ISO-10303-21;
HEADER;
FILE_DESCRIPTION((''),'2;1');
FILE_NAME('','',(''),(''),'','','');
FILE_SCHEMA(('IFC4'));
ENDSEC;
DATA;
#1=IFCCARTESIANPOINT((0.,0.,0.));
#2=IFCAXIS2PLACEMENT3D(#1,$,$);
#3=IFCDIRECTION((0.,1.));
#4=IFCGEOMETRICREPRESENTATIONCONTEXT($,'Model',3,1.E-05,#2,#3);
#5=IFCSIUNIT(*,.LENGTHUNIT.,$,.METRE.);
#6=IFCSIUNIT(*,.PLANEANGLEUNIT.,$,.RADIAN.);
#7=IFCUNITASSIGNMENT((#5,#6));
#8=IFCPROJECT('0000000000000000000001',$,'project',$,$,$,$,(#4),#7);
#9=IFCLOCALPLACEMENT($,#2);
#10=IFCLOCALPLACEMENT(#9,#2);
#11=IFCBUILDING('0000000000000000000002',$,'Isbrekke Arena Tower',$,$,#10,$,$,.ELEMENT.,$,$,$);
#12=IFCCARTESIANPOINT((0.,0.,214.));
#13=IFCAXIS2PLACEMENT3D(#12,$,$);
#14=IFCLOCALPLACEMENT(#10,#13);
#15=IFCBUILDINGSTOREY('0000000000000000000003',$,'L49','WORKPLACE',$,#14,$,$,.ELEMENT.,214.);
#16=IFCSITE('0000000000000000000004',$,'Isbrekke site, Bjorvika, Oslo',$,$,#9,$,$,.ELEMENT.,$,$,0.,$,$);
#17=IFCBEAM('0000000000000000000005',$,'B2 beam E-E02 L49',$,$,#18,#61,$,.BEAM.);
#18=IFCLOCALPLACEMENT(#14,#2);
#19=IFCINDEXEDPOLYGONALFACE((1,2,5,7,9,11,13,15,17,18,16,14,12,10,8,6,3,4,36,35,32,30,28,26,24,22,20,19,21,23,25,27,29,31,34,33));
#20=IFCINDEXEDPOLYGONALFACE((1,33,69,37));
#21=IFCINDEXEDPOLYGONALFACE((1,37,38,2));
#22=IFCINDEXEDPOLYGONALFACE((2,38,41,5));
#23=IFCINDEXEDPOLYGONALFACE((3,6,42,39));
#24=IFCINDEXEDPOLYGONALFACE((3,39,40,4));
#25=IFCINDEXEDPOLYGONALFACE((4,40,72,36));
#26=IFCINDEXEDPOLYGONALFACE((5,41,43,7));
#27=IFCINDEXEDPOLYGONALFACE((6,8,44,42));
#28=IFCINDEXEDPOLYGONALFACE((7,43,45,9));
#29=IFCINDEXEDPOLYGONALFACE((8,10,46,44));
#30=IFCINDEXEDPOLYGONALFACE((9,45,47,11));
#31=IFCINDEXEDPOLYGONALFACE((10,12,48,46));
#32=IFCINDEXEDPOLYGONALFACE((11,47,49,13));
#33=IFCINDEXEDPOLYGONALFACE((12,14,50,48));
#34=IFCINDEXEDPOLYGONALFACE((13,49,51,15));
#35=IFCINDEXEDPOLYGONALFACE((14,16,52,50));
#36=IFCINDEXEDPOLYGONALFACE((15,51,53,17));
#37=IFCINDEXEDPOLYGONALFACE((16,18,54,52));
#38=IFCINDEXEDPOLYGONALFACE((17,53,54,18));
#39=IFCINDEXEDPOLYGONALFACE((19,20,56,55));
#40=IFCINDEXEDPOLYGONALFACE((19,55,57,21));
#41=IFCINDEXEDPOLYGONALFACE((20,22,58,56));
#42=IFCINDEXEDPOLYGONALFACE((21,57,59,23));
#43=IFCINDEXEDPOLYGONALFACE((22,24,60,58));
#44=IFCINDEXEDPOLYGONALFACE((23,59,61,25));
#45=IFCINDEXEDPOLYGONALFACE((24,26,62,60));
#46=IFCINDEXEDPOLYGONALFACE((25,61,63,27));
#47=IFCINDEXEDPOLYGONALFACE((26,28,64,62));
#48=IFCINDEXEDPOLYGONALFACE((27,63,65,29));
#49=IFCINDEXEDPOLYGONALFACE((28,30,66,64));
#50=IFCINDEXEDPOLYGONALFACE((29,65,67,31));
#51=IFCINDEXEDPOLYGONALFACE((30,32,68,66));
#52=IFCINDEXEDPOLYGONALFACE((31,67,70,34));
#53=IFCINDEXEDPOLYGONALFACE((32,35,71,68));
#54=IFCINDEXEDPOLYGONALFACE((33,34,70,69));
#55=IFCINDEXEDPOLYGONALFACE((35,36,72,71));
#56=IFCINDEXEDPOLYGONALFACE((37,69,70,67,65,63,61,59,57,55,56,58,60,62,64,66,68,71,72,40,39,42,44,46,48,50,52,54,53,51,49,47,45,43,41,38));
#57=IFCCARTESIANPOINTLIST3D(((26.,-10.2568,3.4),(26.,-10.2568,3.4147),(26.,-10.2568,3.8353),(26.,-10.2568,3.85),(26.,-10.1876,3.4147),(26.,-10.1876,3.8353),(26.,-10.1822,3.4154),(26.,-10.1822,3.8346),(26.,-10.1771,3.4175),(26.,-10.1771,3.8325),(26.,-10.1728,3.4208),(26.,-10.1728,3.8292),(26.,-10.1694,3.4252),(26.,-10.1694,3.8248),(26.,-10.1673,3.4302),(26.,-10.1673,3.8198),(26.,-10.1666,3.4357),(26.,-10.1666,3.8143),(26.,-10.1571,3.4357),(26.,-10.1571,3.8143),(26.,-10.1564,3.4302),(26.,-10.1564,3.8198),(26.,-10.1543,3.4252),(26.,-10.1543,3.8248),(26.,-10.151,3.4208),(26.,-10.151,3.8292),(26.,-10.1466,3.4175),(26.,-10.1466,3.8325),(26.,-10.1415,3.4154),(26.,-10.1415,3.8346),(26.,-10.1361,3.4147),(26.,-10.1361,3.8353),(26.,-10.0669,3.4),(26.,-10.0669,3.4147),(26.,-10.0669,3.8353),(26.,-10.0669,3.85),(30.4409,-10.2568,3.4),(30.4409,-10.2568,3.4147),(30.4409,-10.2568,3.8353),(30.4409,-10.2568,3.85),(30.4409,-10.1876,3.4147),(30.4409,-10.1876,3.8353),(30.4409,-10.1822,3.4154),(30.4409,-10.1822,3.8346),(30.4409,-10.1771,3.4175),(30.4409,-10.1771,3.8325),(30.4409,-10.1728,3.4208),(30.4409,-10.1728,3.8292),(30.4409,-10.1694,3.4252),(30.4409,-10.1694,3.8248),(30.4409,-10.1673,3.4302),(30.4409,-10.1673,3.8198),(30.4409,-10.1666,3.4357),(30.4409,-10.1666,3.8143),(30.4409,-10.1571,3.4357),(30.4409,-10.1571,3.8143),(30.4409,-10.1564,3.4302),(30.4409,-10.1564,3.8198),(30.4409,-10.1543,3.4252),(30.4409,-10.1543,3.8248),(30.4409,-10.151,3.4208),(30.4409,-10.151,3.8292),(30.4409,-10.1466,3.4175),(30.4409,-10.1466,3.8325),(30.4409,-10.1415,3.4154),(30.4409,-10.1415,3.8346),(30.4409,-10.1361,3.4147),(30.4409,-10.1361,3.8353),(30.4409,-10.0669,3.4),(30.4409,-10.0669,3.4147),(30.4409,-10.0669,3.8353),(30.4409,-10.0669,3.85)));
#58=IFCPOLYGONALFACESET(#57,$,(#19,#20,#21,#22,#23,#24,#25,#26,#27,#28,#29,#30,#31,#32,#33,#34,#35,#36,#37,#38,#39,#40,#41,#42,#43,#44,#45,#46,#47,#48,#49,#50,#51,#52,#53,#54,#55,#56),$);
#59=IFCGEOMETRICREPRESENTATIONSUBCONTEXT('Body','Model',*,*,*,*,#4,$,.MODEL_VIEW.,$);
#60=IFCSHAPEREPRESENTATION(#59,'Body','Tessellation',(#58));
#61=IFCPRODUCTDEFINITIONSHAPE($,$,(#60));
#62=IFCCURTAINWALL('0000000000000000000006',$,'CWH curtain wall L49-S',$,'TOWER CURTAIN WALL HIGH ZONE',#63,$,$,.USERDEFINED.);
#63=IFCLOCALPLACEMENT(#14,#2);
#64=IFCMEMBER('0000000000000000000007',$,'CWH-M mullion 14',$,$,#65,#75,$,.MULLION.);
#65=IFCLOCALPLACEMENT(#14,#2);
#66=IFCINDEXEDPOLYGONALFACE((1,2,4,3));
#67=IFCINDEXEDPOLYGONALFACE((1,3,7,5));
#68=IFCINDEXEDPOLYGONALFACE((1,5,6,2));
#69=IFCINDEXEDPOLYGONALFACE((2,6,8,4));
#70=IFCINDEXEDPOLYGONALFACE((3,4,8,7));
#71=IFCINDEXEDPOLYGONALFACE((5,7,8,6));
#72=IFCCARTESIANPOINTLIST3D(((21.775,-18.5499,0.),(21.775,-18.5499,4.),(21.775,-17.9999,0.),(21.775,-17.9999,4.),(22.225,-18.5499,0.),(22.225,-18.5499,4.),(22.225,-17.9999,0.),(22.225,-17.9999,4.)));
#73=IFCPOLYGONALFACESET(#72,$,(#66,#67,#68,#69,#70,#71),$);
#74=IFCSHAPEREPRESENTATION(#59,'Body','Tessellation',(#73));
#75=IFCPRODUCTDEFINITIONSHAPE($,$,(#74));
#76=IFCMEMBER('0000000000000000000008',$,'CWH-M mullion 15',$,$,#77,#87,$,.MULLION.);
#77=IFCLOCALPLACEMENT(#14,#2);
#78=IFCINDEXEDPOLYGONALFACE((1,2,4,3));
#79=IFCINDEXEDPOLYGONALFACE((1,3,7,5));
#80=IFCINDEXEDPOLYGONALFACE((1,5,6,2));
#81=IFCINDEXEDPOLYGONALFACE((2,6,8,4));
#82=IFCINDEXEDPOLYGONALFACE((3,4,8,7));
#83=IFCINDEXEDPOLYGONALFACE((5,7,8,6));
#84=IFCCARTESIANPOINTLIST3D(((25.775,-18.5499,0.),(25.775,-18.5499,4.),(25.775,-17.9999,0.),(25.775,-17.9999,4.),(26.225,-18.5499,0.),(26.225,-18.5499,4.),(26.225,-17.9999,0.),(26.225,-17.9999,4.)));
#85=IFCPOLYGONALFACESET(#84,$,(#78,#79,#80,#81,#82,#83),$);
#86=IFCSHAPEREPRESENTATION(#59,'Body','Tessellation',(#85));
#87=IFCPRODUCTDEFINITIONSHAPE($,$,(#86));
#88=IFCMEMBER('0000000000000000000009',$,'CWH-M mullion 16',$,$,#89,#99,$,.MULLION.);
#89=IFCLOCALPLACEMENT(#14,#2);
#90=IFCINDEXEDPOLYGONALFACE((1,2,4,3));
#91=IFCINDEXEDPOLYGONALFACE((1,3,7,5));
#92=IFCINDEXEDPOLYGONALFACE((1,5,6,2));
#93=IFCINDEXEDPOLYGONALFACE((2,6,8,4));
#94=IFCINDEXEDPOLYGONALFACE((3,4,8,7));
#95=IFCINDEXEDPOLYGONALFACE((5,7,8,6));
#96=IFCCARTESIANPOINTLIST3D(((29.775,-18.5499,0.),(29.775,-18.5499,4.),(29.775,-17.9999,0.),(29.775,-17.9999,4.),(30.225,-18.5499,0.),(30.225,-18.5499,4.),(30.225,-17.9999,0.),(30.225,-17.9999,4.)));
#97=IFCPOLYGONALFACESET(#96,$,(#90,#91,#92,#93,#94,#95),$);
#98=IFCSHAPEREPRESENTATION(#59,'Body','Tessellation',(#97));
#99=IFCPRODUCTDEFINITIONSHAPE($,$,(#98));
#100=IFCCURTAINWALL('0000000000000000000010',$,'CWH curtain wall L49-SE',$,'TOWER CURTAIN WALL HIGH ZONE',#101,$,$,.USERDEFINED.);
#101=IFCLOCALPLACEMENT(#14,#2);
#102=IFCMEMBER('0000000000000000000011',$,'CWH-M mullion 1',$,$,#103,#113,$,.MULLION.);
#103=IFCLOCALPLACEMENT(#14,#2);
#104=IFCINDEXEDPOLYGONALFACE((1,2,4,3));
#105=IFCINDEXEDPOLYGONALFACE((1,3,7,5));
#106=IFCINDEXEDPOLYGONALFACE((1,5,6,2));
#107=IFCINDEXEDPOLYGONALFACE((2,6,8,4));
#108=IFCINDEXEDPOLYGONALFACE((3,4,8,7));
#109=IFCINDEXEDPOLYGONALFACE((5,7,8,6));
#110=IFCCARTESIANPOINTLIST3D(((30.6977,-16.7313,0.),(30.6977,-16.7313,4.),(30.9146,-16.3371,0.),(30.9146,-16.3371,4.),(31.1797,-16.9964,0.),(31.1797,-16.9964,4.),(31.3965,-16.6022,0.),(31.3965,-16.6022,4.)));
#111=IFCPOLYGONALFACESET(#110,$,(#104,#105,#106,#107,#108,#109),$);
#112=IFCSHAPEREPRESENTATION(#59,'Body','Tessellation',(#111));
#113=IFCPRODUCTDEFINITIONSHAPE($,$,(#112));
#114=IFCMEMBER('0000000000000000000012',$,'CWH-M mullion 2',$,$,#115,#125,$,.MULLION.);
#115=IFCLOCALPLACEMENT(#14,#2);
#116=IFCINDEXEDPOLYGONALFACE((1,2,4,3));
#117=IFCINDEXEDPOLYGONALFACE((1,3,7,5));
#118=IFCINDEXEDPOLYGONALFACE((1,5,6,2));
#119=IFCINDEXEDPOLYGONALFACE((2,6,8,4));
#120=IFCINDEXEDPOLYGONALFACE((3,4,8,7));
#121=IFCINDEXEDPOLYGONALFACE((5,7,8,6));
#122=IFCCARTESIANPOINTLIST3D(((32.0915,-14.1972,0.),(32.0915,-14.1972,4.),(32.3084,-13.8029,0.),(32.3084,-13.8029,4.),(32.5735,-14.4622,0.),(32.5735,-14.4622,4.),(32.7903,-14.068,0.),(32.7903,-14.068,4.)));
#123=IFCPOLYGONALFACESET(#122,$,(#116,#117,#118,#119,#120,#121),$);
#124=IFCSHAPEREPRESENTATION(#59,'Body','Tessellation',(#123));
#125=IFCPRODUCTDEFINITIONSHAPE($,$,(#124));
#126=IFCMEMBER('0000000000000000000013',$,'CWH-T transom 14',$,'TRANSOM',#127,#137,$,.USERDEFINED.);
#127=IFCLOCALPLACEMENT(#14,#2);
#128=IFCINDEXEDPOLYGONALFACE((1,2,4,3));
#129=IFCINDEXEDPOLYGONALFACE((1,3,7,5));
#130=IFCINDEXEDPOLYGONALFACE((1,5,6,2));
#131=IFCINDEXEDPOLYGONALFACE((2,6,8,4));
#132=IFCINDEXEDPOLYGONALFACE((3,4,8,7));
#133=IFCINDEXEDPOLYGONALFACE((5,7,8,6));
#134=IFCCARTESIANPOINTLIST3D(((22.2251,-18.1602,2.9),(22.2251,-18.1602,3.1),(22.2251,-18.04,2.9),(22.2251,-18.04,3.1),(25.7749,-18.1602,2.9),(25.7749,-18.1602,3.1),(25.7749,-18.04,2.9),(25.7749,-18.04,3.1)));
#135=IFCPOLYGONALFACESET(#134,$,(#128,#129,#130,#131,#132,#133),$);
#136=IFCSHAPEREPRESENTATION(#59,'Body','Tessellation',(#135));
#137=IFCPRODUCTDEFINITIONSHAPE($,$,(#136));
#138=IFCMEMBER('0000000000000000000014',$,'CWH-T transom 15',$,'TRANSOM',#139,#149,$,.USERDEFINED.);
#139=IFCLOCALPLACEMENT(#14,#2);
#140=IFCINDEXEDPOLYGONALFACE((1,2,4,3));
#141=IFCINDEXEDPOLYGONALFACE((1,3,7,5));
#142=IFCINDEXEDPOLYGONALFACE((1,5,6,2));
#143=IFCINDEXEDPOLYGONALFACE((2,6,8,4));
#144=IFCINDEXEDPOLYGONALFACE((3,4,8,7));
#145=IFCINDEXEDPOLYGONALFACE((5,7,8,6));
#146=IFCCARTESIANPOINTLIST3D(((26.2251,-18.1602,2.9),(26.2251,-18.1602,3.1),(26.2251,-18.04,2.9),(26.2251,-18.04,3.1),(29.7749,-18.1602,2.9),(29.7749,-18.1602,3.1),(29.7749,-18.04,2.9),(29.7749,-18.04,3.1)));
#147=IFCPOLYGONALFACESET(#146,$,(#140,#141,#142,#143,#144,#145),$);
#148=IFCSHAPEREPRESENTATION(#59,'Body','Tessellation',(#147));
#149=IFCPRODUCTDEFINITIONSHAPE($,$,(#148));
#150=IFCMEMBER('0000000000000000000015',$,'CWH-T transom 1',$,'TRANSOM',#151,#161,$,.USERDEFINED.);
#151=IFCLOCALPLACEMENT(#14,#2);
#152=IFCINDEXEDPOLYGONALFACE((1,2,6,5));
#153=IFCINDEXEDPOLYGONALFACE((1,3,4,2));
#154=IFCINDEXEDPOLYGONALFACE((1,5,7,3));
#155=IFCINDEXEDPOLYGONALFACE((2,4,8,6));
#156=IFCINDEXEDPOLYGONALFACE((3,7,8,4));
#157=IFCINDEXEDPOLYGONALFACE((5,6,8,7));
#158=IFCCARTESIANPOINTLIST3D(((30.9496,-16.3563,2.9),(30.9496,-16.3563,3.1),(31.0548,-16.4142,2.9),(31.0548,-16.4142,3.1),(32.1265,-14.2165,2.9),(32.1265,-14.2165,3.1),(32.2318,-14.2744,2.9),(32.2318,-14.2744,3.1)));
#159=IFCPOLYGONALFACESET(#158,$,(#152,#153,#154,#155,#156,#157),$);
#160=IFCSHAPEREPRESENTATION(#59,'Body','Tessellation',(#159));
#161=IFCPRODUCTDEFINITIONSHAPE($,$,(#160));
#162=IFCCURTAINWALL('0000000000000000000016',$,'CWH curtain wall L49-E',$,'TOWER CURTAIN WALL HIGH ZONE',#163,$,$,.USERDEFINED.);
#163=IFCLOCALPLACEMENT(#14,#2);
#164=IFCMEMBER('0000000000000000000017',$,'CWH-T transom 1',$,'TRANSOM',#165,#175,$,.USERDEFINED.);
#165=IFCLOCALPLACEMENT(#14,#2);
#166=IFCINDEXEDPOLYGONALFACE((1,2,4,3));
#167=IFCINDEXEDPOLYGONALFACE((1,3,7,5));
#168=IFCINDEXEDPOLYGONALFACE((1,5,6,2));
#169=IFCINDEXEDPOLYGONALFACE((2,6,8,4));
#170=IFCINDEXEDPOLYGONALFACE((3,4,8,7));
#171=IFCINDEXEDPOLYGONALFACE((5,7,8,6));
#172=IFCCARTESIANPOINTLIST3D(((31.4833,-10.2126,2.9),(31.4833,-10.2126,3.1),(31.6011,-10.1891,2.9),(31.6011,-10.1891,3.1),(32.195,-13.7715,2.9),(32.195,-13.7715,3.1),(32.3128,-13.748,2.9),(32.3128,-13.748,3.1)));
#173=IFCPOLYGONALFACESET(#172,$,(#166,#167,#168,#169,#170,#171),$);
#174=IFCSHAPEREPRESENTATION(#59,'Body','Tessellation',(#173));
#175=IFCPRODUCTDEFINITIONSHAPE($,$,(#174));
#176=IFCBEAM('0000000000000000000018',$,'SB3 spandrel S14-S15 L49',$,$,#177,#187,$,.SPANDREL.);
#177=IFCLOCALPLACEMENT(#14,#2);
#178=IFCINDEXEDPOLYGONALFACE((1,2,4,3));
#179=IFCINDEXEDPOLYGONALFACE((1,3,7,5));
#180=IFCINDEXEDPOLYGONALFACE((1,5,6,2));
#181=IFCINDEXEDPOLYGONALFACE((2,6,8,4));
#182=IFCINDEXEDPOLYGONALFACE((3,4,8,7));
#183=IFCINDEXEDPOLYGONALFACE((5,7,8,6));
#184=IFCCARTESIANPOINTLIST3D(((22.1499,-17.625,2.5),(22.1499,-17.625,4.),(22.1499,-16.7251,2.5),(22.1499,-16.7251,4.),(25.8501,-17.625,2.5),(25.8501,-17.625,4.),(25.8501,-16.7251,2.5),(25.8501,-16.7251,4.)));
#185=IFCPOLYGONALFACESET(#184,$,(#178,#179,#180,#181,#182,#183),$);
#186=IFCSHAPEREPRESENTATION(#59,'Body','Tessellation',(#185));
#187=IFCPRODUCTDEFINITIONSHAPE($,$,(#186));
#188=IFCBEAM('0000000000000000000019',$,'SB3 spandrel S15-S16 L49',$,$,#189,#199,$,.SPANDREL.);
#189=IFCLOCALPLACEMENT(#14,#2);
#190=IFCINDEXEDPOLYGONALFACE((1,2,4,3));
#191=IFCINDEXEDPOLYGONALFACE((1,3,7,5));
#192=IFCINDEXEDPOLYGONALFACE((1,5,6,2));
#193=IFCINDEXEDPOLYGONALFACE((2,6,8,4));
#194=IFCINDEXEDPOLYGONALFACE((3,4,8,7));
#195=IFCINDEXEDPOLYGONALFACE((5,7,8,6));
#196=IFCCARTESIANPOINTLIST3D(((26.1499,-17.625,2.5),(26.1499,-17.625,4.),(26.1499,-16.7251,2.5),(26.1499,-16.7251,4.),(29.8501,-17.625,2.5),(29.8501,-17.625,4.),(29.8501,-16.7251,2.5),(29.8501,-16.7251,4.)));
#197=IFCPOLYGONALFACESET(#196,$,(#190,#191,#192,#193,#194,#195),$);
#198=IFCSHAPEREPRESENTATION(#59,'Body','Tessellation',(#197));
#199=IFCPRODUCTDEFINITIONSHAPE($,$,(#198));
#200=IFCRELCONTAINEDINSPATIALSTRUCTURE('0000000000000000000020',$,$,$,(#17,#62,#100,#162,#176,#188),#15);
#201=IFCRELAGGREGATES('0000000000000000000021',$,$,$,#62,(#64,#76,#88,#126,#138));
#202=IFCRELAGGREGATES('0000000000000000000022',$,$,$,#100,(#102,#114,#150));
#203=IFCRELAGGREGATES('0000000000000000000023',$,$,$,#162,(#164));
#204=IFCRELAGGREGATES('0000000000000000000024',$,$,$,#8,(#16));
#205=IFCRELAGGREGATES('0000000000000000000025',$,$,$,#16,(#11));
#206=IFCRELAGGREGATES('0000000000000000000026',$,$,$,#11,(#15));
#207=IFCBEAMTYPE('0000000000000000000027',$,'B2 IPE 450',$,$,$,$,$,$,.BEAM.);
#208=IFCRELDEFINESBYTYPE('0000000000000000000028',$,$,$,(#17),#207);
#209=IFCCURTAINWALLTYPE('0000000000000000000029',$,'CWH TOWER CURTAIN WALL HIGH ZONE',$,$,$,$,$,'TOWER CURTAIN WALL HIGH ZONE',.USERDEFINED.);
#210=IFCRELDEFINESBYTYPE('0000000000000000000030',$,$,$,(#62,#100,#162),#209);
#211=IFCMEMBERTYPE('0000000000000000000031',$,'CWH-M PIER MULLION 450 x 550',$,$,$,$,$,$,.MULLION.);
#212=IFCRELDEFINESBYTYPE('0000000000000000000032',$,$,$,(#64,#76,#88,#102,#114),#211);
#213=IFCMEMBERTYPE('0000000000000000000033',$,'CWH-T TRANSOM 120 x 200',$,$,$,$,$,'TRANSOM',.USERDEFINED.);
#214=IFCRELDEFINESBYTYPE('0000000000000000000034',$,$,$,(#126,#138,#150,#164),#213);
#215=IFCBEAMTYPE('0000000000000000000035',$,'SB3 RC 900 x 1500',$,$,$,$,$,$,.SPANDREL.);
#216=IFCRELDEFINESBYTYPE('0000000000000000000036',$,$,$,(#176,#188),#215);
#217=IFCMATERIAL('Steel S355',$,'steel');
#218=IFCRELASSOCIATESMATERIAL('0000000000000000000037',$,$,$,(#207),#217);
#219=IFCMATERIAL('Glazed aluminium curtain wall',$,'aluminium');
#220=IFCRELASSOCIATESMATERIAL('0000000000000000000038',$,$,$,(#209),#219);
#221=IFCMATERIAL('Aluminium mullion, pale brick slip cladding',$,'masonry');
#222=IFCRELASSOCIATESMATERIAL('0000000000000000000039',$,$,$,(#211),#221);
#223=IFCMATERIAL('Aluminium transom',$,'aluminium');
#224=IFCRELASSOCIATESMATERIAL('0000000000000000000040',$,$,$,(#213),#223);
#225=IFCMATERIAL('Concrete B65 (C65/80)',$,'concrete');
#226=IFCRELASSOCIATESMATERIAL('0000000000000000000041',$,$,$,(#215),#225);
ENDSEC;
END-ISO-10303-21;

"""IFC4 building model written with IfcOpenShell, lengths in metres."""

from ifc_helpers import new_model, si_unit, direction, frame, origin, origin_2d, place, context, subcontext, project, spatial, rectangle, i_section, extrude, material, material_profile, profile_set, type_object, element, aggregate, save


model = new_model("IFC4")

# Units and contexts
model_context = context("Model", 3, precision=1e-05, world=origin(), true_north=direction((0.0, 1.0)))
body_context = subcontext(model_context, "Body", "Model", "MODEL_VIEW")
ifc_project = project(units=[si_unit("LENGTHUNIT", "METRE"), si_unit("PLANEANGLEUNIT", "RADIAN")], contexts=[model_context])

# Site, building, storey
site_placement = place(None, origin())
site = spatial("IfcSite", under=ifc_project, at=site_placement, Name="Isbrekke site, Bjorvika, Oslo", CompositionType="ELEMENT", RefElevation=0.0)
building_placement = place(site_placement, origin())
building = spatial("IfcBuilding", under=site, at=building_placement, Name="Isbrekke Arena Tower", CompositionType="ELEMENT")
storey_placement = place(building_placement, frame((0.0, 0.0, 214.0)))
storey = spatial("IfcBuildingStorey", under=building, at=storey_placement, Name="L49", Description="WORKPLACE", CompositionType="ELEMENT", Elevation=214.0)

# Beam
ifc_material_1 = material(Name="Steel S355", Category="steel")
ifc_material_profile_1 = material_profile(ifc_material_1, i_section(OverallWidth=0.1899, OverallDepth=0.45, WebThickness=0.0095, FlangeThickness=0.0146, FilletRadius=0.021, at=origin_2d()), Name="IPE 450")
ifc_profile_set_1 = profile_set([ifc_material_profile_1], Name="Steel S355")
beam_type_1 = type_object("IfcBeamType", Name="B2 IPE 450", PredefinedType="BEAM", material=ifc_profile_set_1)
beam_1_placement = place(storey_placement, frame((30.4409, -10.1619, 3.625), z_axis=(-1.0, 0.0, 0.0), x_axis=(0.0, -1.0, 0.0)))
element("IfcBeam", 1, at=beam_1_placement, inside=storey, type_object=beam_type_1, Name="B2 beam E-E02 L49", PredefinedType="BEAM", context=body_context, shape_type="SweptSolid", body=[
    extrude(i_section(OverallWidth=0.1899, OverallDepth=0.45, WebThickness=0.0095, FlangeThickness=0.0146, FilletRadius=0.021, at=origin_2d()), origin(), (0.0, 0.0, 1.0), 4.4409),
])

# Curtain walls, members
ifc_material_2 = material(Name="Glazed aluminium curtain wall", Category="aluminium")
curtain_wall_type = type_object("IfcCurtainWallType", Name="CWH TOWER CURTAIN WALL HIGH ZONE", ElementType="TOWER CURTAIN WALL HIGH ZONE", PredefinedType="USERDEFINED", material=ifc_material_2)
curtain_wall_1_placement = place(storey_placement, origin())
curtain_wall_1 = element("IfcCurtainWall", 2, at=curtain_wall_1_placement, inside=storey, type_object=curtain_wall_type, Name="CWH curtain wall L49-S", ObjectType="TOWER CURTAIN WALL HIGH ZONE", PredefinedType="USERDEFINED")
ifc_material_3 = material(Name="Aluminium mullion, pale brick slip cladding", Category="masonry")
ifc_material_profile_2 = material_profile(ifc_material_3, rectangle(XDim=0.45, YDim=0.55, at=origin_2d()), Name="PIER 450X550")
ifc_profile_set_2 = profile_set([ifc_material_profile_2], Name="Aluminium mullion, pale brick slip cladding")
member_type_1 = type_object("IfcMemberType", Name="CWH-M PIER MULLION 450 x 550", PredefinedType="MULLION", material=ifc_profile_set_2)
member_1_placement = place(storey_placement, frame((22.0, -18.2749, 0.0), z_axis=(0.0, 0.0, 1.0), x_axis=(1.0, 0.0, 0.0)))
member_1 = element("IfcMember", 3, at=member_1_placement, type_object=member_type_1, Name="CWH-M mullion 14", PredefinedType="MULLION", context=body_context, shape_type="SweptSolid", body=[
    extrude(rectangle(XDim=0.45, YDim=0.55, at=origin_2d()), origin(), (0.0, 0.0, 1.0), 4.0),
])
member_2_placement = place(storey_placement, frame((26.0, -18.2749, 0.0), z_axis=(0.0, 0.0, 1.0), x_axis=(1.0, 0.0, 0.0)))
member_2 = element("IfcMember", 4, at=member_2_placement, type_object=member_type_1, Name="CWH-M mullion 15", PredefinedType="MULLION", context=body_context, shape_type="SweptSolid", body=[
    extrude(rectangle(XDim=0.45, YDim=0.55, at=origin_2d()), origin(), (0.0, 0.0, 1.0), 4.0),
])
member_3_placement = place(storey_placement, frame((30.0, -18.2749, 0.0), z_axis=(0.0, 0.0, 1.0), x_axis=(1.0, 0.0, 0.0)))
member_3 = element("IfcMember", 5, at=member_3_placement, type_object=member_type_1, Name="CWH-M mullion 16", PredefinedType="MULLION", context=body_context, shape_type="SweptSolid", body=[
    extrude(rectangle(XDim=0.45, YDim=0.55, at=origin_2d()), origin(), (0.0, 0.0, 1.0), 4.0),
])
curtain_wall_2_placement = place(storey_placement, origin())
curtain_wall_2 = element("IfcCurtainWall", 6, at=curtain_wall_2_placement, inside=storey, type_object=curtain_wall_type, Name="CWH curtain wall L49-SE", ObjectType="TOWER CURTAIN WALL HIGH ZONE", PredefinedType="USERDEFINED")
member_4_placement = place(storey_placement, frame((31.0471, -16.6667, 0.0), z_axis=(0.0, 0.0, 1.0), x_axis=(0.481919, 0.876216, 0.0)))
member_4 = element("IfcMember", 7, at=member_4_placement, type_object=member_type_1, Name="CWH-M mullion 1", PredefinedType="MULLION", context=body_context, shape_type="SweptSolid", body=[
    extrude(rectangle(XDim=0.45, YDim=0.55, at=origin_2d()), origin(), (0.0, 0.0, 1.0), 4.0),
])
member_5_placement = place(storey_placement, frame((32.4409, -14.1326, 0.0), z_axis=(0.0, 0.0, 1.0), x_axis=(0.481919, 0.876216, 0.0)))
member_5 = element("IfcMember", 8, at=member_5_placement, type_object=member_type_1, Name="CWH-M mullion 2", PredefinedType="MULLION", context=body_context, shape_type="SweptSolid", body=[
    extrude(rectangle(XDim=0.45, YDim=0.55, at=origin_2d()), origin(), (0.0, 0.0, 1.0), 4.0),
])

# Members
ifc_material_4 = material(Name="Aluminium transom", Category="aluminium")
ifc_material_profile_3 = material_profile(ifc_material_4, rectangle(XDim=0.1201, YDim=0.2, at=origin_2d()), Name="TRANSOM 120X200")
ifc_profile_set_3 = profile_set([ifc_material_profile_3], Name="Aluminium transom")
member_type_2 = type_object("IfcMemberType", Name="CWH-T TRANSOM 120 x 200", ElementType="TRANSOM", PredefinedType="USERDEFINED", material=ifc_profile_set_3)
member_6_placement = place(storey_placement, frame((22.2251, -18.1001, 3.0), z_axis=(1.0, 0.0, 0.0), x_axis=(0.0, 1.0, 0.0)))
member_6 = element("IfcMember", 9, at=member_6_placement, type_object=member_type_2, Name="CWH-T transom 14", ObjectType="TRANSOM", PredefinedType="USERDEFINED", context=body_context, shape_type="SweptSolid", body=[
    extrude(rectangle(XDim=0.1201, YDim=0.2, at=origin_2d()), origin(), (0.0, 0.0, 1.0), 3.5498),
])
member_7_placement = place(storey_placement, frame((26.2251, -18.1001, 3.0), z_axis=(1.0, 0.0, 0.0), x_axis=(0.0, 1.0, 0.0)))
member_7 = element("IfcMember", 10, at=member_7_placement, type_object=member_type_2, Name="CWH-T transom 15", ObjectType="TRANSOM", PredefinedType="USERDEFINED", context=body_context, shape_type="SweptSolid", body=[
    extrude(rectangle(XDim=0.1201, YDim=0.2, at=origin_2d()), origin(), (0.0, 0.0, 1.0), 3.5498),
])
member_8_placement = place(storey_placement, frame((31.0022, -16.3853, 3.0), z_axis=(0.481938, 0.876205, 0.0), x_axis=(-0.876205, 0.481938, 0.0)))
member_8 = element("IfcMember", 11, at=member_8_placement, type_object=member_type_2, Name="CWH-T transom 1", ObjectType="TRANSOM", PredefinedType="USERDEFINED", context=body_context, shape_type="SweptSolid", body=[
    extrude(rectangle(XDim=0.1201, YDim=0.2, at=origin_2d()), origin(), (0.0, 0.0, 1.0), 2.4421),
])

# Curtain wall, member
curtain_wall_3_placement = place(storey_placement, origin())
curtain_wall_3 = element("IfcCurtainWall", 12, at=curtain_wall_3_placement, inside=storey, type_object=curtain_wall_type, Name="CWH curtain wall L49-E", ObjectType="TOWER CURTAIN WALL HIGH ZONE", PredefinedType="USERDEFINED")
member_9_placement = place(storey_placement, frame((32.2539, -13.7598, 3.0), z_axis=(-0.19609, 0.980586, 0.0), x_axis=(-0.980586, -0.19609, 0.0)))
member_9 = element("IfcMember", 13, at=member_9_placement, type_object=member_type_2, Name="CWH-T transom 1", ObjectType="TRANSOM", PredefinedType="USERDEFINED", context=body_context, shape_type="SweptSolid", body=[
    extrude(rectangle(XDim=0.1201, YDim=0.2, at=origin_2d()), origin(), (0.0, 0.0, 1.0), 3.6294),
])

# Beams
ifc_material_5 = material(Name="Concrete B65 (C65/80)", Category="concrete")
ifc_material_profile_4 = material_profile(ifc_material_5, rectangle(XDim=0.8999, YDim=1.5, at=origin_2d()), Name="RC 900x1500")
ifc_profile_set_4 = profile_set([ifc_material_profile_4], Name="Concrete B65 (C65/80)")
beam_type_2 = type_object("IfcBeamType", Name="SB3 RC 900 x 1500", PredefinedType="SPANDREL", material=ifc_profile_set_4)
for number, where, z_axis, x_axis, name in (
    (14, (22.1499, -17.175, 3.25), (1.0, 0.0, 0.0), (0.0, 1.0, 0.0), "SB3 spandrel S14-S15 L49"),
    (15, (26.1499, -17.175, 3.25), (1.0, 0.0, 0.0), (0.0, 1.0, 0.0), "SB3 spandrel S15-S16 L49"),
):
    element("IfcBeam", number, at=place(storey_placement, frame(where, z_axis=z_axis, x_axis=x_axis)), inside=storey, type_object=beam_type_2, Name=name, PredefinedType="SPANDREL", context=body_context, shape_type="SweptSolid", body=[
        extrude(rectangle(XDim=0.8999, YDim=1.5, at=origin_2d()), origin(), (0.0, 0.0, 1.0), 3.7002),
    ])

aggregate(curtain_wall_1, [member_1, member_2, member_3, member_6, member_7])
aggregate(curtain_wall_2, [member_4, member_5, member_8])
aggregate(curtain_wall_3, [member_9])

save(model, "model.ifc")
